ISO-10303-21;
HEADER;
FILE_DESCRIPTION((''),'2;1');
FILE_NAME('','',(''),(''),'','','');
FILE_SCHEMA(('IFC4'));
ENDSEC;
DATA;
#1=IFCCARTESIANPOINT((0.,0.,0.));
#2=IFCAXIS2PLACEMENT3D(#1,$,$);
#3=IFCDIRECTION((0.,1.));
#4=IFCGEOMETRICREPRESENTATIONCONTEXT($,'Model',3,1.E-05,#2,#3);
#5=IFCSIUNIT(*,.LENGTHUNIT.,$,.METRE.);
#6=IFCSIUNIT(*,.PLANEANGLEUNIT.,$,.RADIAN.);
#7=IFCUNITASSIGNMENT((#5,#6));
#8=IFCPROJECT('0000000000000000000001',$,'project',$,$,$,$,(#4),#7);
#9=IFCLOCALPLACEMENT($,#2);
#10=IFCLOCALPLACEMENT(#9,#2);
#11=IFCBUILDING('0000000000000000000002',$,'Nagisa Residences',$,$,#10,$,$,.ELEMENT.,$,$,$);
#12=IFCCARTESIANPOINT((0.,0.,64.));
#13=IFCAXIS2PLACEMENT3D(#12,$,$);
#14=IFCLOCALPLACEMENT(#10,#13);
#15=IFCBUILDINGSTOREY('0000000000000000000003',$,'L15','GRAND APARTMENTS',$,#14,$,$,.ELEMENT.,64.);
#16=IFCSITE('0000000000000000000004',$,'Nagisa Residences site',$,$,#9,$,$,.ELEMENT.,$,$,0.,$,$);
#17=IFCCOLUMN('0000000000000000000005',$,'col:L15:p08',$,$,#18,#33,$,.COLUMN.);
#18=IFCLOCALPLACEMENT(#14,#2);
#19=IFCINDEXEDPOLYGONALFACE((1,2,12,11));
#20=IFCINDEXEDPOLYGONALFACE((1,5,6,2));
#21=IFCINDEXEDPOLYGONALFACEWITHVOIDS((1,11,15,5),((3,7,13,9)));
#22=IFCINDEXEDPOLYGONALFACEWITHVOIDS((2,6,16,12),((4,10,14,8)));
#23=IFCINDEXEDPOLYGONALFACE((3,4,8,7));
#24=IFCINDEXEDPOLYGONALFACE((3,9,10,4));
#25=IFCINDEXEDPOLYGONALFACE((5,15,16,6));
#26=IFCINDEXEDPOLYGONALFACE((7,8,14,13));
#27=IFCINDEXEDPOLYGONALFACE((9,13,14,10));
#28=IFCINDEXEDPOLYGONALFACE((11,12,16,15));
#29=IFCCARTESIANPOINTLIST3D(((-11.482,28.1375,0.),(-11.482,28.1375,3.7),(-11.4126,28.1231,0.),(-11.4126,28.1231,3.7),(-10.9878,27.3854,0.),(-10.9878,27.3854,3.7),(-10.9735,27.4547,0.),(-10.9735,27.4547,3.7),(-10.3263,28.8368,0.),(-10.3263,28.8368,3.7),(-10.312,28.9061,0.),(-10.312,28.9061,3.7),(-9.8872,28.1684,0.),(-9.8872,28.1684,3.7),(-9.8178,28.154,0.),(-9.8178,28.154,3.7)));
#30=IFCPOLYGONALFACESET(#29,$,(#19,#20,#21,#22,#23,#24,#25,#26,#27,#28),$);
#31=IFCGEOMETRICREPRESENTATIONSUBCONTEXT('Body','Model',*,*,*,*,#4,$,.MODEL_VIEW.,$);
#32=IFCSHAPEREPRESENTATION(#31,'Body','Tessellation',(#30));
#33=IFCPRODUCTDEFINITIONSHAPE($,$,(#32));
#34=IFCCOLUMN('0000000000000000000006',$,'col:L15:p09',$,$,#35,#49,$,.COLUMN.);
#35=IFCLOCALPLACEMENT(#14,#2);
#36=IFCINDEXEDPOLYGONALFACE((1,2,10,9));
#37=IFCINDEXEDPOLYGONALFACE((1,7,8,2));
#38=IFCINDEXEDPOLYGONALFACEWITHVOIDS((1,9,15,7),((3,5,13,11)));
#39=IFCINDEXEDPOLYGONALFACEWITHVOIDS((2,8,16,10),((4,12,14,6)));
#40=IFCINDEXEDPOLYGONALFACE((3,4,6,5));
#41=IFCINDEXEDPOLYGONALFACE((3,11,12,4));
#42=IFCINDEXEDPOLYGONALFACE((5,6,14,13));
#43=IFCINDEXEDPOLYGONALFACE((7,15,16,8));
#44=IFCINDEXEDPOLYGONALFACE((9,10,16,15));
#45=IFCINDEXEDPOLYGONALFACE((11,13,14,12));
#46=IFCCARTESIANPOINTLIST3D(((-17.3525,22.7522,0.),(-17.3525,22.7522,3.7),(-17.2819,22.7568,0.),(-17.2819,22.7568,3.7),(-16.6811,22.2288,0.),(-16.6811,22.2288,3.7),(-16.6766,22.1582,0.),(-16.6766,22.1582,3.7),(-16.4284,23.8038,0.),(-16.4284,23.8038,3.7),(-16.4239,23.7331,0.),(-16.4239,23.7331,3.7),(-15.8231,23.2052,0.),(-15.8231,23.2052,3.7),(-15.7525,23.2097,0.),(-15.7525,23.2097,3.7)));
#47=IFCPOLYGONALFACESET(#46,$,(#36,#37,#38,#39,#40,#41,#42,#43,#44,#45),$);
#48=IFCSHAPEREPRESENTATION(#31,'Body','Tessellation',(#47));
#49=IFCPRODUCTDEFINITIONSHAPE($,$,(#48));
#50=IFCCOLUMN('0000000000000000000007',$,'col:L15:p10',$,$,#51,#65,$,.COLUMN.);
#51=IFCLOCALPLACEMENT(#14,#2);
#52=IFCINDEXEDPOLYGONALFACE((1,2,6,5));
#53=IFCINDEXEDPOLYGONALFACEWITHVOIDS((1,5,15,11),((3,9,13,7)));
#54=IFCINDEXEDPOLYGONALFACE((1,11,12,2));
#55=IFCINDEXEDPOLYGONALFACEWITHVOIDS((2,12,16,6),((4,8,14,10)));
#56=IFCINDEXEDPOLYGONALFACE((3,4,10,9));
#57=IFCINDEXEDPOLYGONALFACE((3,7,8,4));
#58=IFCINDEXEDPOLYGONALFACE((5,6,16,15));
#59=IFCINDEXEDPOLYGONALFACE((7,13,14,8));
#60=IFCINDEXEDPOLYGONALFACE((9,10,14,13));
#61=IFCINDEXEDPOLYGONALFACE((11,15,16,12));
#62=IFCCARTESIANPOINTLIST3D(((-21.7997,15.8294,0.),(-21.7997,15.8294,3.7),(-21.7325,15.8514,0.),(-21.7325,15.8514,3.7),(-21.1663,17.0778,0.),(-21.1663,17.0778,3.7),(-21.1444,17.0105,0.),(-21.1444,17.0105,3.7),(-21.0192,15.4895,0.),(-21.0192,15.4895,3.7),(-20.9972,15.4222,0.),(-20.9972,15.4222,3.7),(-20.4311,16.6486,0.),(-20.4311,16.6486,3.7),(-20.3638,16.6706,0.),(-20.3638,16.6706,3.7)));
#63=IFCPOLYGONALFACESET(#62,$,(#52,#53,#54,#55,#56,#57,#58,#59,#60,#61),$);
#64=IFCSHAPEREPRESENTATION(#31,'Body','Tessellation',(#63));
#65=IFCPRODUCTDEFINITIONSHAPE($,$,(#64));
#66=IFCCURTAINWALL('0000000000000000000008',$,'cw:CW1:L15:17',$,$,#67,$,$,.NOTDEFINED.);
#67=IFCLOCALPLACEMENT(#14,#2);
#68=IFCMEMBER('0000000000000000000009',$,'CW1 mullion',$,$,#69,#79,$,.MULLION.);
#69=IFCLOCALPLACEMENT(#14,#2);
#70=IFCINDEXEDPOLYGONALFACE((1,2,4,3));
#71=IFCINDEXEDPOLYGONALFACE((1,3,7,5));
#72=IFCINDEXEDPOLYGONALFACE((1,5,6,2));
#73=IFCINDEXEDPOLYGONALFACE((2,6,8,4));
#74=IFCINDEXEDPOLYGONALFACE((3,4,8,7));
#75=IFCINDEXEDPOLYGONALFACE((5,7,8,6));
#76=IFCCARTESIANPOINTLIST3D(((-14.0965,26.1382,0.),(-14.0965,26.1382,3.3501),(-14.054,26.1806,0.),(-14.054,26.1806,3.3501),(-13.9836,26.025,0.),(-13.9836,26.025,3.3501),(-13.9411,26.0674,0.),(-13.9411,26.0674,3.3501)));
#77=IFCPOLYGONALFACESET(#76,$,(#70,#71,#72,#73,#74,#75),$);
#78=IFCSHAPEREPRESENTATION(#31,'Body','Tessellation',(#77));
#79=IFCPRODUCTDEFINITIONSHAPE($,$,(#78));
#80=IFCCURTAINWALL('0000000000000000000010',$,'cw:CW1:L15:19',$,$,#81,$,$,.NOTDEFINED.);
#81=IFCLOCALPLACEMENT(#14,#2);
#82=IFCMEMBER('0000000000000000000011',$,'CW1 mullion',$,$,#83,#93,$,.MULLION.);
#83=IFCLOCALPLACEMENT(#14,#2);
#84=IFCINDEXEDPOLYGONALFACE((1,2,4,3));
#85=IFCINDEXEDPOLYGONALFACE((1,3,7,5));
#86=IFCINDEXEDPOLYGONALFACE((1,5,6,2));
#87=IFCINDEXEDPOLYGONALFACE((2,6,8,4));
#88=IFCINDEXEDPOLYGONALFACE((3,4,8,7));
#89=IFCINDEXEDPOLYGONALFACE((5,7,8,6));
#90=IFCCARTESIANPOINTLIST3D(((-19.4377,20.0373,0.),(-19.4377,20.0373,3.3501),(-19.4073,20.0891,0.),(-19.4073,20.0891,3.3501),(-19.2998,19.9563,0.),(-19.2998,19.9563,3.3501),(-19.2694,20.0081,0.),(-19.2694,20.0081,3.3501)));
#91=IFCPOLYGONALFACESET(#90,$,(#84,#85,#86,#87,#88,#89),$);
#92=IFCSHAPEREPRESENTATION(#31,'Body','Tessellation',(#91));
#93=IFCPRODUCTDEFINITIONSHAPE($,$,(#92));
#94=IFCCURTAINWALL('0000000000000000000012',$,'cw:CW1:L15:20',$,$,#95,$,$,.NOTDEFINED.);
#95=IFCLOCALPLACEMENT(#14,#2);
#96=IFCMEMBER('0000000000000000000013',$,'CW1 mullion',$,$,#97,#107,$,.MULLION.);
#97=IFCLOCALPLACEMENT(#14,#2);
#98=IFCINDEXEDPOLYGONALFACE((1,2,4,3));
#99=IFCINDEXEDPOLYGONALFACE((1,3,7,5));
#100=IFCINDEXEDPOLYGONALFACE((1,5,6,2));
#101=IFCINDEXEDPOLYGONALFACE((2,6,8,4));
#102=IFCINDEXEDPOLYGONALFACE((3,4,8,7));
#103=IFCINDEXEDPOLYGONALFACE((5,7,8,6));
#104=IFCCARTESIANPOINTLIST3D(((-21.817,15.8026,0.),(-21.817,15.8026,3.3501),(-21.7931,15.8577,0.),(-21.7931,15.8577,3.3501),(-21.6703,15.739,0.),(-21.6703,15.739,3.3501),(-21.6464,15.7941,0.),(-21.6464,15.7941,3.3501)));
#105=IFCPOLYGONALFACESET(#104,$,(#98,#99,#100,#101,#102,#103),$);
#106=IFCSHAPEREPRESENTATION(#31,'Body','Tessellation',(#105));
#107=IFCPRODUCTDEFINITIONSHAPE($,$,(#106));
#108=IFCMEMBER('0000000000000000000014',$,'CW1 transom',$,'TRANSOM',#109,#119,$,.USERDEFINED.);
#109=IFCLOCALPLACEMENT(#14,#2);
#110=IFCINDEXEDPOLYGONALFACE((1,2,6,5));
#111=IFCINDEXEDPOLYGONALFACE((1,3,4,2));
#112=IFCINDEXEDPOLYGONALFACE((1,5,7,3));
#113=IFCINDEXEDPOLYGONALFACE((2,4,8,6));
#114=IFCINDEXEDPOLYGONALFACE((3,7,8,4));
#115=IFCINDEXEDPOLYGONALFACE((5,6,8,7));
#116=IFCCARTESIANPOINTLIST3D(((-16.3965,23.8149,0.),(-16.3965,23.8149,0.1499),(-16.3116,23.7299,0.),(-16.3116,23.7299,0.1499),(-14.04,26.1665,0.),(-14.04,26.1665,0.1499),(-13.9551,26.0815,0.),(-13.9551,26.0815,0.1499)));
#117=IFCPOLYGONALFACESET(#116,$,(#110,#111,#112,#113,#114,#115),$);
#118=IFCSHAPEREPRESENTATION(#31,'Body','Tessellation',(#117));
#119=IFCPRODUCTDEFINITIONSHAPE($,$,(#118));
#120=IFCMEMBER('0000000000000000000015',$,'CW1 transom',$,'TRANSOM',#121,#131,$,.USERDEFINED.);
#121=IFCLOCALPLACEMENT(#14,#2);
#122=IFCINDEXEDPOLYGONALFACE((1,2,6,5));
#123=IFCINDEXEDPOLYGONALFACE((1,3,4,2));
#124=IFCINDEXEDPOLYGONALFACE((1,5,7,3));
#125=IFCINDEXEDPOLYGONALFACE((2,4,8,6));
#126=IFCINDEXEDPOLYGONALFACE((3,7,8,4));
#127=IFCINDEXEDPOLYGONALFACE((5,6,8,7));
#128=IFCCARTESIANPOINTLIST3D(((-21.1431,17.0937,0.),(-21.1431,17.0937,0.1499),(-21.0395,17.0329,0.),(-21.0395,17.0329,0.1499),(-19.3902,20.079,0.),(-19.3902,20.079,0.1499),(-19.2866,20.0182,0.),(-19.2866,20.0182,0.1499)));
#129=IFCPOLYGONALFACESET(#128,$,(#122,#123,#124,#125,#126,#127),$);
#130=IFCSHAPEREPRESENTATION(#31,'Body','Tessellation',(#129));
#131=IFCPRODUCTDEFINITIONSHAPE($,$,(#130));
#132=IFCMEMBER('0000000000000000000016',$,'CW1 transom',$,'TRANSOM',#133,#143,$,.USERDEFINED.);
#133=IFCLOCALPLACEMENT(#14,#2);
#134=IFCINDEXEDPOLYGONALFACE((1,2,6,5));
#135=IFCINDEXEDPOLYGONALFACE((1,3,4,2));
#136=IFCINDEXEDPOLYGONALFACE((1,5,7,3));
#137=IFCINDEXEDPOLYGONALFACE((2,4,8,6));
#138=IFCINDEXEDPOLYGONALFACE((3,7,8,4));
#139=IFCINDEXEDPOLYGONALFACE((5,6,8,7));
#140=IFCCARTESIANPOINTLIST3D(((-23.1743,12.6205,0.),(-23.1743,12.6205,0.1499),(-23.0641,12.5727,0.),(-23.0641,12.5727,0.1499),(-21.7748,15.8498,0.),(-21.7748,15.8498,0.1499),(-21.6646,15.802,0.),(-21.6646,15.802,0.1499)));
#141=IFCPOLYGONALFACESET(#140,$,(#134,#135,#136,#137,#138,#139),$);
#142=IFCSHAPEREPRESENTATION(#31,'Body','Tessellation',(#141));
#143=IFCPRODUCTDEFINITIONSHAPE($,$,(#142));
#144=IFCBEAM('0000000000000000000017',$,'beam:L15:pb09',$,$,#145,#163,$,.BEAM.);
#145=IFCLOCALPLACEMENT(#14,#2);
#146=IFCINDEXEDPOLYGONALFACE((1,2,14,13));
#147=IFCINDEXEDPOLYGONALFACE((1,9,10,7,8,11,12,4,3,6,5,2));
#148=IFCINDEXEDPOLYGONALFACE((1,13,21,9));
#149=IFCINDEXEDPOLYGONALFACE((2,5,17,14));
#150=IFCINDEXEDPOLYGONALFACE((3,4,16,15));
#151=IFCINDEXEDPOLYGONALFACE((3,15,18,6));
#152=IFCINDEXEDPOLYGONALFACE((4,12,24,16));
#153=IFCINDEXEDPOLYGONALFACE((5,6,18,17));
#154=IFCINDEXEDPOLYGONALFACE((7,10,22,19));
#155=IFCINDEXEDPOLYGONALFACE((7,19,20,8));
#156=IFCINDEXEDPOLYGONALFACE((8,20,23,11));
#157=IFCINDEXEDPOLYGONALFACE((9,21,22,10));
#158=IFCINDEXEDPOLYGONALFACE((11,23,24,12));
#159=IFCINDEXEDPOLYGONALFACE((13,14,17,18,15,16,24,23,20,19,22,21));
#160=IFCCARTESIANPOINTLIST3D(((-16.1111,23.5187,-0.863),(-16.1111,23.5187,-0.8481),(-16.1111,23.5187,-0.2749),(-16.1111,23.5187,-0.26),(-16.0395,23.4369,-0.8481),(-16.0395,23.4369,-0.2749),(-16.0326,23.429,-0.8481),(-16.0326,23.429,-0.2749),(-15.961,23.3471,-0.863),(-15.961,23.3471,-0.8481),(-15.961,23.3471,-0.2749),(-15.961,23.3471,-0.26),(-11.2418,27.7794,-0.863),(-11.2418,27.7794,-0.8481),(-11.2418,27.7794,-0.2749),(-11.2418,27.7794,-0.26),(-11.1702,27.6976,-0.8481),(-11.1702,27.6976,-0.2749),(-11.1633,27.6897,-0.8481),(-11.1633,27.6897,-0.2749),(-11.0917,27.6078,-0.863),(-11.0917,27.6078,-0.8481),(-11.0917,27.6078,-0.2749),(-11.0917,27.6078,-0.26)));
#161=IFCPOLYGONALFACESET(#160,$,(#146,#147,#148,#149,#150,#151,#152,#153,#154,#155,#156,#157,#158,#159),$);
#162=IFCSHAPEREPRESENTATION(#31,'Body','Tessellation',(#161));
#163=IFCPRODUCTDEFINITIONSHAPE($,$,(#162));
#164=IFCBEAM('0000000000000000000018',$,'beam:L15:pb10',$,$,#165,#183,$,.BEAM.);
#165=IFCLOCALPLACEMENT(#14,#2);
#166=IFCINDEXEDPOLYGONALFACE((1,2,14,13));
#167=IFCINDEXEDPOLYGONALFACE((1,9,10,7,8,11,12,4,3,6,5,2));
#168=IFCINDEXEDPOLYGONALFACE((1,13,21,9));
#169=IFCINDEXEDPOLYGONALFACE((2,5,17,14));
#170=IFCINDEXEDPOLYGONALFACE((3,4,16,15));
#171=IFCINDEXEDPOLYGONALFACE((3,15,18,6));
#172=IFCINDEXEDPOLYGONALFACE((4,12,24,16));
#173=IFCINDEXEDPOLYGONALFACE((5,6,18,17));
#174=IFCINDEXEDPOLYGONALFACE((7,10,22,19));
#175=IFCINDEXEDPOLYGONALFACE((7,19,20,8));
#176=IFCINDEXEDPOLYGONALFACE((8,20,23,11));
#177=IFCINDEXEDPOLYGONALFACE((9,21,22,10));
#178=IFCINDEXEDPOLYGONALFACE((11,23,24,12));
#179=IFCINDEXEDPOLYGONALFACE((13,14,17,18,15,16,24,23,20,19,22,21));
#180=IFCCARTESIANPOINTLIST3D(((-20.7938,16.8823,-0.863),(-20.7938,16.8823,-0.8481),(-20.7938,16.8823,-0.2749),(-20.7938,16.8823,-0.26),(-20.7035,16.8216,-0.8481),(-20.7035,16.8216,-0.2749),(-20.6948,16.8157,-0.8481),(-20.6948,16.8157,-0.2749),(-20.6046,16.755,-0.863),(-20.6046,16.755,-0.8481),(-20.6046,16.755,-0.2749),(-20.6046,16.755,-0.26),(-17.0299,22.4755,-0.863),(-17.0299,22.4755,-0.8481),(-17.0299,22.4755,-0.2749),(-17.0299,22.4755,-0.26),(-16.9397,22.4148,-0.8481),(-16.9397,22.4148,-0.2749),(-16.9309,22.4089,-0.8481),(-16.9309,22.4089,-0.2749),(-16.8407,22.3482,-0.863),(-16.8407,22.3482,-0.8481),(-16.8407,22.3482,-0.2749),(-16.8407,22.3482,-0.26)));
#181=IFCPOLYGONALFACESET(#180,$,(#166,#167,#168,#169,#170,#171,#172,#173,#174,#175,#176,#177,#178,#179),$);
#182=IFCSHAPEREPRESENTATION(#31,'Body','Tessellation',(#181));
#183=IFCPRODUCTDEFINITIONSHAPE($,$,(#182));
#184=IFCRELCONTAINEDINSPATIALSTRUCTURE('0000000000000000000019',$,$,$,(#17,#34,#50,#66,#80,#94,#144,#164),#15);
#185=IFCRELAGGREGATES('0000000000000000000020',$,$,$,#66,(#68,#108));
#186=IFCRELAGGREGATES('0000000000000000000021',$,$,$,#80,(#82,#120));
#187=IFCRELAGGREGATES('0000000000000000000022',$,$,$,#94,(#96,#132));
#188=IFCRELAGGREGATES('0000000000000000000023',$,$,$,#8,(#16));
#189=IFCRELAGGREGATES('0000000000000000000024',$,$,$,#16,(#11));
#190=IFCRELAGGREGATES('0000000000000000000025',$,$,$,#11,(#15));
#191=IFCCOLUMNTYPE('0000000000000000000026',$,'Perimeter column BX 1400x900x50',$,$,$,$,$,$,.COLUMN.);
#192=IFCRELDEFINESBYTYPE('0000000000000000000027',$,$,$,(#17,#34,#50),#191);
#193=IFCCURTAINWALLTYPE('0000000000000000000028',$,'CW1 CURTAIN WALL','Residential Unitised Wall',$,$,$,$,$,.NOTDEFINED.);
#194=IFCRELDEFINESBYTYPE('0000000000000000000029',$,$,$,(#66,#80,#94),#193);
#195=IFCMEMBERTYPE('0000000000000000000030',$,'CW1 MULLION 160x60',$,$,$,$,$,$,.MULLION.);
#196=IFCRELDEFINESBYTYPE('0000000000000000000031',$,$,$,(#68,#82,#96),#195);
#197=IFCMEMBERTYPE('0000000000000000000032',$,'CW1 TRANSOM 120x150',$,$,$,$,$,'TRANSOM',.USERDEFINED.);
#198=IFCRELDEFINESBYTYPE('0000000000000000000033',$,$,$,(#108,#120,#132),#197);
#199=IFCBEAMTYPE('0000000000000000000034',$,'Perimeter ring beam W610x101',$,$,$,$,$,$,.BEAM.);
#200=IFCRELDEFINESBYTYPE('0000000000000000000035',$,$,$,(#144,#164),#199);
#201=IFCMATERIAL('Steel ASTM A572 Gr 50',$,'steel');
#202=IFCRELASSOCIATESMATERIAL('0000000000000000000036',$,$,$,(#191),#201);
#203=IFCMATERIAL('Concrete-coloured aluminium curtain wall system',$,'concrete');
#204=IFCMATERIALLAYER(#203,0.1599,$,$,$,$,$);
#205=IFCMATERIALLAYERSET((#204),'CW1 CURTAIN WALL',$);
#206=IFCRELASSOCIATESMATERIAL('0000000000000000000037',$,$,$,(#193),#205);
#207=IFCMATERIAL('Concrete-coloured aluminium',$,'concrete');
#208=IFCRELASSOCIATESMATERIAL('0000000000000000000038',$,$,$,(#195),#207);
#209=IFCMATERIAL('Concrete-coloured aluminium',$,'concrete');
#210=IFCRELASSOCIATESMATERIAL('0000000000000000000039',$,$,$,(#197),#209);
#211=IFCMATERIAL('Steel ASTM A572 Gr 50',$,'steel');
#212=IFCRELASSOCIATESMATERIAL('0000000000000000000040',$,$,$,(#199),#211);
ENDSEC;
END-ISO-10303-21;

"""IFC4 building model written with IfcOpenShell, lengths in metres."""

from ifc_helpers import new_model, si_unit, direction, frame, origin, origin_2d, place, context, subcontext, project, spatial, rectangle, hollow_rectangle, i_section, extrude, material, layer, layer_set, material_profile, profile_set, type_object, element, aggregate, save


model = new_model("IFC4")

# Units and contexts
model_context = context("Model", 3, precision=1e-05, world=origin(), true_north=direction((0.0, 1.0)))
body_context = subcontext(model_context, "Body", "Model", "MODEL_VIEW")
ifc_project = project(units=[si_unit("LENGTHUNIT", "METRE"), si_unit("PLANEANGLEUNIT", "RADIAN")], contexts=[model_context])

# Site, building, storey
site_placement = place(None, origin())
site = spatial("IfcSite", under=ifc_project, at=site_placement, Name="Nagisa Residences site", CompositionType="ELEMENT", RefElevation=0.0)
building_placement = place(site_placement, origin())
building = spatial("IfcBuilding", under=site, at=building_placement, Name="Nagisa Residences", CompositionType="ELEMENT")
storey_placement = place(building_placement, frame((0.0, 0.0, 64.0)))
storey = spatial("IfcBuildingStorey", under=building, at=storey_placement, Name="L15", Description="GRAND APARTMENTS", CompositionType="ELEMENT", Elevation=64.0)

# Columns
ifc_material_1 = material(Name="Steel ASTM A572 Gr 50", Category="steel")
ifc_material_profile_1 = material_profile(ifc_material_1, hollow_rectangle(XDim=1.3999, YDim=0.8999, WallThickness=0.05, at=origin_2d()), Name="BX 1400x900x50")
ifc_profile_set_1 = profile_set([ifc_material_profile_1], Name="Steel ASTM A572 Gr 50")
column_type = type_object("IfcColumnType", Name="Perimeter column BX 1400x900x50", PredefinedType="COLUMN", material=ifc_profile_set_1)
for number, where, z_axis, x_axis, name in (
    (1, (-10.6499, 28.1458, 0.0), (0.0, 0.0, 1.0), (-0.835766, -0.549086, 0.0), "col:L15:p08"),
    (2, (-16.5525, 22.981, 0.0), (0.0, 0.0, 1.0), (-0.660115, -0.751165, 0.0), "col:L15:p09"),
    (3, (-21.0818, 16.25, 0.0), (0.0, 0.0, 1.0), (-0.452463, -0.891783, 0.0), "col:L15:p10"),
):
    element("IfcColumn", number, at=place(storey_placement, frame(where, z_axis=z_axis, x_axis=x_axis)), inside=storey, type_object=column_type, Name=name, PredefinedType="COLUMN", context=body_context, shape_type="SweptSolid", body=[
        extrude(hollow_rectangle(XDim=1.3999, YDim=0.8999, WallThickness=0.05, at=origin_2d()), origin(), (0.0, 0.0, 1.0), 3.7),
    ])

# Curtain walls, members
ifc_material_2 = material(Name="Concrete-coloured aluminium curtain wall system", Category="concrete")
ifc_layer_1 = layer(ifc_material_2, 0.1599)
ifc_layer_set_1 = layer_set([ifc_layer_1], Name="CW1 CURTAIN WALL")
curtain_wall_type = type_object("IfcCurtainWallType", Name="CW1 CURTAIN WALL", Description="Residential Unitised Wall", PredefinedType="NOTDEFINED", material=ifc_layer_set_1)
curtain_wall_1_placement = place(storey_placement, origin())
curtain_wall_1 = element("IfcCurtainWall", 4, at=curtain_wall_1_placement, inside=storey, type_object=curtain_wall_type, Name="cw:CW1:L15:17", PredefinedType="NOTDEFINED")
ifc_material_3 = material(Name="Concrete-coloured aluminium", Category="concrete")
ifc_material_profile_2 = material_profile(ifc_material_3, rectangle(XDim=0.1599, YDim=0.0601, at=origin_2d()), Name="CW1 MULLION 160x60")
ifc_profile_set_2 = profile_set([ifc_material_profile_2], Name="Concrete-coloured aluminium")
member_type_1 = type_object("IfcMemberType", Name="CW1 MULLION 160x60", PredefinedType="MULLION", material=ifc_profile_set_2)
member_1_placement = place(storey_placement, frame((-14.0188, 26.1028, 0.0), z_axis=(0.0, 0.0, 1.0), x_axis=(0.706377, -0.707836, 0.0)))
member_1 = element("IfcMember", 5, at=member_1_placement, type_object=member_type_1, Name="CW1 mullion", PredefinedType="MULLION", context=body_context, shape_type="SweptSolid", body=[
    extrude(rectangle(XDim=0.1599, YDim=0.0601, at=origin_2d()), origin(), (0.0, 0.0, 1.0), 3.3501),
])
curtain_wall_2_placement = place(storey_placement, origin())
curtain_wall_2 = element("IfcCurtainWall", 6, at=curtain_wall_2_placement, inside=storey, type_object=curtain_wall_type, Name="cw:CW1:L15:19", PredefinedType="NOTDEFINED")
member_2_placement = place(storey_placement, frame((-19.3535, 20.0227, 0.0), z_axis=(0.0, 0.0, 1.0), x_axis=(0.862329, -0.506349, 0.0)))
member_2 = element("IfcMember", 7, at=member_2_placement, type_object=member_type_1, Name="CW1 mullion", PredefinedType="MULLION", context=body_context, shape_type="SweptSolid", body=[
    extrude(rectangle(XDim=0.1599, YDim=0.0601, at=origin_2d()), origin(), (0.0, 0.0, 1.0), 3.3501),
])
curtain_wall_3_placement = place(storey_placement, origin())
curtain_wall_3 = element("IfcCurtainWall", 8, at=curtain_wall_3_placement, inside=storey, type_object=curtain_wall_type, Name="cw:CW1:L15:20", PredefinedType="NOTDEFINED")
member_3_placement = place(storey_placement, frame((-21.7317, 15.7983, 0.0), z_axis=(0.0, 0.0, 1.0), x_axis=(0.917543, -0.397636, 0.0)))
member_3 = element("IfcMember", 9, at=member_3_placement, type_object=member_type_1, Name="CW1 mullion", PredefinedType="MULLION", context=body_context, shape_type="SweptSolid", body=[
    extrude(rectangle(XDim=0.1599, YDim=0.0601, at=origin_2d()), origin(), (0.0, 0.0, 1.0), 3.3501),
])

# Members
ifc_material_4 = material(Name="Concrete-coloured aluminium", Category="concrete")
ifc_material_profile_3 = material_profile(ifc_material_4, rectangle(XDim=0.1201, YDim=0.1499, at=origin_2d()), Name="CW1 TRANSOM 120x150")
ifc_profile_set_3 = profile_set([ifc_material_profile_3], Name="Concrete-coloured aluminium")
member_type_2 = type_object("IfcMemberType", Name="CW1 TRANSOM 120x150", ElementType="TRANSOM", PredefinedType="USERDEFINED", material=ifc_profile_set_3)
member_4_placement = place(storey_placement, frame((-13.9976, 26.124, 0.075), z_axis=(-0.70784, -0.706373, 0.0), x_axis=(0.706373, -0.70784, 0.0)))
member_4 = element("IfcMember", 10, at=member_4_placement, type_object=member_type_2, Name="CW1 transom", ObjectType="TRANSOM", PredefinedType="USERDEFINED", context=body_context, shape_type="SweptSolid", body=[
    extrude(rectangle(XDim=0.1201, YDim=0.1499, at=origin_2d()), origin(), (0.0, 0.0, 1.0), 3.3291),
])
member_5_placement = place(storey_placement, frame((-19.3384, 20.0486, 0.075), z_axis=(-0.506342, -0.862333, 0.0), x_axis=(0.862333, -0.506342, 0.0)))
member_5 = element("IfcMember", 11, at=member_5_placement, type_object=member_type_2, Name="CW1 transom", ObjectType="TRANSOM", PredefinedType="USERDEFINED", context=body_context, shape_type="SweptSolid", body=[
    extrude(rectangle(XDim=0.1201, YDim=0.1499, at=origin_2d()), origin(), (0.0, 0.0, 1.0), 3.4619),
])
member_6_placement = place(storey_placement, frame((-21.7197, 15.8259, 0.075), z_axis=(-0.397625, -0.917548, 0.0), x_axis=(0.917548, -0.397625, 0.0)))
member_6 = element("IfcMember", 12, at=member_6_placement, type_object=member_type_2, Name="CW1 transom", ObjectType="TRANSOM", PredefinedType="USERDEFINED", context=body_context, shape_type="SweptSolid", body=[
    extrude(rectangle(XDim=0.1201, YDim=0.1499, at=origin_2d()), origin(), (0.0, 0.0, 1.0), 3.5195),
])

# Beams
ifc_material_5 = material(Name="Steel ASTM A572 Gr 50", Category="steel")
ifc_material_profile_4 = material_profile(ifc_material_5, i_section(OverallWidth=0.228, OverallDepth=0.603, WebThickness=0.0105, FlangeThickness=0.0149, at=origin_2d()), Name="W610x101")
ifc_profile_set_4 = profile_set([ifc_material_profile_4], Name="Steel ASTM A572 Gr 50")
beam_type_1 = type_object("IfcBeamType", Name="Perimeter ring beam W610x101", PredefinedType="BEAM", material=ifc_profile_set_4)
beam_1_placement = place(storey_placement, frame((-11.1667, 27.6936, -0.5615), z_axis=(-0.752574, -0.658507, 0.0), x_axis=(0.658507, -0.752574, 0.0)))
element("IfcBeam", 13, at=beam_1_placement, inside=storey, type_object=beam_type_1, Name="beam:L15:pb09", PredefinedType="BEAM", context=body_context, shape_type="SweptSolid", body=[
    extrude(i_section(OverallWidth=0.228, OverallDepth=0.603, WebThickness=0.0105, FlangeThickness=0.0149, at=origin_2d()), origin(), (0.0, 0.0, 1.0), 6.4702),
])
beam_2_placement = place(storey_placement, frame((-16.9353, 22.4119, -0.5615), z_axis=(-0.558297, -0.829641, 0.0), x_axis=(0.829641, -0.558297, 0.0)))
element("IfcBeam", 14, at=beam_2_placement, inside=storey, type_object=beam_type_1, Name="beam:L15:pb10", PredefinedType="BEAM", context=body_context, shape_type="SweptSolid", body=[
    extrude(i_section(OverallWidth=0.228, OverallDepth=0.603, WebThickness=0.0105, FlangeThickness=0.0149, at=origin_2d()), origin(), (0.0, 0.0, 1.0), 6.7417),
])

aggregate(curtain_wall_1, [member_1, member_4])
aggregate(curtain_wall_2, [member_2, member_5])
aggregate(curtain_wall_3, [member_3, member_6])

save(model, "model.ifc")
